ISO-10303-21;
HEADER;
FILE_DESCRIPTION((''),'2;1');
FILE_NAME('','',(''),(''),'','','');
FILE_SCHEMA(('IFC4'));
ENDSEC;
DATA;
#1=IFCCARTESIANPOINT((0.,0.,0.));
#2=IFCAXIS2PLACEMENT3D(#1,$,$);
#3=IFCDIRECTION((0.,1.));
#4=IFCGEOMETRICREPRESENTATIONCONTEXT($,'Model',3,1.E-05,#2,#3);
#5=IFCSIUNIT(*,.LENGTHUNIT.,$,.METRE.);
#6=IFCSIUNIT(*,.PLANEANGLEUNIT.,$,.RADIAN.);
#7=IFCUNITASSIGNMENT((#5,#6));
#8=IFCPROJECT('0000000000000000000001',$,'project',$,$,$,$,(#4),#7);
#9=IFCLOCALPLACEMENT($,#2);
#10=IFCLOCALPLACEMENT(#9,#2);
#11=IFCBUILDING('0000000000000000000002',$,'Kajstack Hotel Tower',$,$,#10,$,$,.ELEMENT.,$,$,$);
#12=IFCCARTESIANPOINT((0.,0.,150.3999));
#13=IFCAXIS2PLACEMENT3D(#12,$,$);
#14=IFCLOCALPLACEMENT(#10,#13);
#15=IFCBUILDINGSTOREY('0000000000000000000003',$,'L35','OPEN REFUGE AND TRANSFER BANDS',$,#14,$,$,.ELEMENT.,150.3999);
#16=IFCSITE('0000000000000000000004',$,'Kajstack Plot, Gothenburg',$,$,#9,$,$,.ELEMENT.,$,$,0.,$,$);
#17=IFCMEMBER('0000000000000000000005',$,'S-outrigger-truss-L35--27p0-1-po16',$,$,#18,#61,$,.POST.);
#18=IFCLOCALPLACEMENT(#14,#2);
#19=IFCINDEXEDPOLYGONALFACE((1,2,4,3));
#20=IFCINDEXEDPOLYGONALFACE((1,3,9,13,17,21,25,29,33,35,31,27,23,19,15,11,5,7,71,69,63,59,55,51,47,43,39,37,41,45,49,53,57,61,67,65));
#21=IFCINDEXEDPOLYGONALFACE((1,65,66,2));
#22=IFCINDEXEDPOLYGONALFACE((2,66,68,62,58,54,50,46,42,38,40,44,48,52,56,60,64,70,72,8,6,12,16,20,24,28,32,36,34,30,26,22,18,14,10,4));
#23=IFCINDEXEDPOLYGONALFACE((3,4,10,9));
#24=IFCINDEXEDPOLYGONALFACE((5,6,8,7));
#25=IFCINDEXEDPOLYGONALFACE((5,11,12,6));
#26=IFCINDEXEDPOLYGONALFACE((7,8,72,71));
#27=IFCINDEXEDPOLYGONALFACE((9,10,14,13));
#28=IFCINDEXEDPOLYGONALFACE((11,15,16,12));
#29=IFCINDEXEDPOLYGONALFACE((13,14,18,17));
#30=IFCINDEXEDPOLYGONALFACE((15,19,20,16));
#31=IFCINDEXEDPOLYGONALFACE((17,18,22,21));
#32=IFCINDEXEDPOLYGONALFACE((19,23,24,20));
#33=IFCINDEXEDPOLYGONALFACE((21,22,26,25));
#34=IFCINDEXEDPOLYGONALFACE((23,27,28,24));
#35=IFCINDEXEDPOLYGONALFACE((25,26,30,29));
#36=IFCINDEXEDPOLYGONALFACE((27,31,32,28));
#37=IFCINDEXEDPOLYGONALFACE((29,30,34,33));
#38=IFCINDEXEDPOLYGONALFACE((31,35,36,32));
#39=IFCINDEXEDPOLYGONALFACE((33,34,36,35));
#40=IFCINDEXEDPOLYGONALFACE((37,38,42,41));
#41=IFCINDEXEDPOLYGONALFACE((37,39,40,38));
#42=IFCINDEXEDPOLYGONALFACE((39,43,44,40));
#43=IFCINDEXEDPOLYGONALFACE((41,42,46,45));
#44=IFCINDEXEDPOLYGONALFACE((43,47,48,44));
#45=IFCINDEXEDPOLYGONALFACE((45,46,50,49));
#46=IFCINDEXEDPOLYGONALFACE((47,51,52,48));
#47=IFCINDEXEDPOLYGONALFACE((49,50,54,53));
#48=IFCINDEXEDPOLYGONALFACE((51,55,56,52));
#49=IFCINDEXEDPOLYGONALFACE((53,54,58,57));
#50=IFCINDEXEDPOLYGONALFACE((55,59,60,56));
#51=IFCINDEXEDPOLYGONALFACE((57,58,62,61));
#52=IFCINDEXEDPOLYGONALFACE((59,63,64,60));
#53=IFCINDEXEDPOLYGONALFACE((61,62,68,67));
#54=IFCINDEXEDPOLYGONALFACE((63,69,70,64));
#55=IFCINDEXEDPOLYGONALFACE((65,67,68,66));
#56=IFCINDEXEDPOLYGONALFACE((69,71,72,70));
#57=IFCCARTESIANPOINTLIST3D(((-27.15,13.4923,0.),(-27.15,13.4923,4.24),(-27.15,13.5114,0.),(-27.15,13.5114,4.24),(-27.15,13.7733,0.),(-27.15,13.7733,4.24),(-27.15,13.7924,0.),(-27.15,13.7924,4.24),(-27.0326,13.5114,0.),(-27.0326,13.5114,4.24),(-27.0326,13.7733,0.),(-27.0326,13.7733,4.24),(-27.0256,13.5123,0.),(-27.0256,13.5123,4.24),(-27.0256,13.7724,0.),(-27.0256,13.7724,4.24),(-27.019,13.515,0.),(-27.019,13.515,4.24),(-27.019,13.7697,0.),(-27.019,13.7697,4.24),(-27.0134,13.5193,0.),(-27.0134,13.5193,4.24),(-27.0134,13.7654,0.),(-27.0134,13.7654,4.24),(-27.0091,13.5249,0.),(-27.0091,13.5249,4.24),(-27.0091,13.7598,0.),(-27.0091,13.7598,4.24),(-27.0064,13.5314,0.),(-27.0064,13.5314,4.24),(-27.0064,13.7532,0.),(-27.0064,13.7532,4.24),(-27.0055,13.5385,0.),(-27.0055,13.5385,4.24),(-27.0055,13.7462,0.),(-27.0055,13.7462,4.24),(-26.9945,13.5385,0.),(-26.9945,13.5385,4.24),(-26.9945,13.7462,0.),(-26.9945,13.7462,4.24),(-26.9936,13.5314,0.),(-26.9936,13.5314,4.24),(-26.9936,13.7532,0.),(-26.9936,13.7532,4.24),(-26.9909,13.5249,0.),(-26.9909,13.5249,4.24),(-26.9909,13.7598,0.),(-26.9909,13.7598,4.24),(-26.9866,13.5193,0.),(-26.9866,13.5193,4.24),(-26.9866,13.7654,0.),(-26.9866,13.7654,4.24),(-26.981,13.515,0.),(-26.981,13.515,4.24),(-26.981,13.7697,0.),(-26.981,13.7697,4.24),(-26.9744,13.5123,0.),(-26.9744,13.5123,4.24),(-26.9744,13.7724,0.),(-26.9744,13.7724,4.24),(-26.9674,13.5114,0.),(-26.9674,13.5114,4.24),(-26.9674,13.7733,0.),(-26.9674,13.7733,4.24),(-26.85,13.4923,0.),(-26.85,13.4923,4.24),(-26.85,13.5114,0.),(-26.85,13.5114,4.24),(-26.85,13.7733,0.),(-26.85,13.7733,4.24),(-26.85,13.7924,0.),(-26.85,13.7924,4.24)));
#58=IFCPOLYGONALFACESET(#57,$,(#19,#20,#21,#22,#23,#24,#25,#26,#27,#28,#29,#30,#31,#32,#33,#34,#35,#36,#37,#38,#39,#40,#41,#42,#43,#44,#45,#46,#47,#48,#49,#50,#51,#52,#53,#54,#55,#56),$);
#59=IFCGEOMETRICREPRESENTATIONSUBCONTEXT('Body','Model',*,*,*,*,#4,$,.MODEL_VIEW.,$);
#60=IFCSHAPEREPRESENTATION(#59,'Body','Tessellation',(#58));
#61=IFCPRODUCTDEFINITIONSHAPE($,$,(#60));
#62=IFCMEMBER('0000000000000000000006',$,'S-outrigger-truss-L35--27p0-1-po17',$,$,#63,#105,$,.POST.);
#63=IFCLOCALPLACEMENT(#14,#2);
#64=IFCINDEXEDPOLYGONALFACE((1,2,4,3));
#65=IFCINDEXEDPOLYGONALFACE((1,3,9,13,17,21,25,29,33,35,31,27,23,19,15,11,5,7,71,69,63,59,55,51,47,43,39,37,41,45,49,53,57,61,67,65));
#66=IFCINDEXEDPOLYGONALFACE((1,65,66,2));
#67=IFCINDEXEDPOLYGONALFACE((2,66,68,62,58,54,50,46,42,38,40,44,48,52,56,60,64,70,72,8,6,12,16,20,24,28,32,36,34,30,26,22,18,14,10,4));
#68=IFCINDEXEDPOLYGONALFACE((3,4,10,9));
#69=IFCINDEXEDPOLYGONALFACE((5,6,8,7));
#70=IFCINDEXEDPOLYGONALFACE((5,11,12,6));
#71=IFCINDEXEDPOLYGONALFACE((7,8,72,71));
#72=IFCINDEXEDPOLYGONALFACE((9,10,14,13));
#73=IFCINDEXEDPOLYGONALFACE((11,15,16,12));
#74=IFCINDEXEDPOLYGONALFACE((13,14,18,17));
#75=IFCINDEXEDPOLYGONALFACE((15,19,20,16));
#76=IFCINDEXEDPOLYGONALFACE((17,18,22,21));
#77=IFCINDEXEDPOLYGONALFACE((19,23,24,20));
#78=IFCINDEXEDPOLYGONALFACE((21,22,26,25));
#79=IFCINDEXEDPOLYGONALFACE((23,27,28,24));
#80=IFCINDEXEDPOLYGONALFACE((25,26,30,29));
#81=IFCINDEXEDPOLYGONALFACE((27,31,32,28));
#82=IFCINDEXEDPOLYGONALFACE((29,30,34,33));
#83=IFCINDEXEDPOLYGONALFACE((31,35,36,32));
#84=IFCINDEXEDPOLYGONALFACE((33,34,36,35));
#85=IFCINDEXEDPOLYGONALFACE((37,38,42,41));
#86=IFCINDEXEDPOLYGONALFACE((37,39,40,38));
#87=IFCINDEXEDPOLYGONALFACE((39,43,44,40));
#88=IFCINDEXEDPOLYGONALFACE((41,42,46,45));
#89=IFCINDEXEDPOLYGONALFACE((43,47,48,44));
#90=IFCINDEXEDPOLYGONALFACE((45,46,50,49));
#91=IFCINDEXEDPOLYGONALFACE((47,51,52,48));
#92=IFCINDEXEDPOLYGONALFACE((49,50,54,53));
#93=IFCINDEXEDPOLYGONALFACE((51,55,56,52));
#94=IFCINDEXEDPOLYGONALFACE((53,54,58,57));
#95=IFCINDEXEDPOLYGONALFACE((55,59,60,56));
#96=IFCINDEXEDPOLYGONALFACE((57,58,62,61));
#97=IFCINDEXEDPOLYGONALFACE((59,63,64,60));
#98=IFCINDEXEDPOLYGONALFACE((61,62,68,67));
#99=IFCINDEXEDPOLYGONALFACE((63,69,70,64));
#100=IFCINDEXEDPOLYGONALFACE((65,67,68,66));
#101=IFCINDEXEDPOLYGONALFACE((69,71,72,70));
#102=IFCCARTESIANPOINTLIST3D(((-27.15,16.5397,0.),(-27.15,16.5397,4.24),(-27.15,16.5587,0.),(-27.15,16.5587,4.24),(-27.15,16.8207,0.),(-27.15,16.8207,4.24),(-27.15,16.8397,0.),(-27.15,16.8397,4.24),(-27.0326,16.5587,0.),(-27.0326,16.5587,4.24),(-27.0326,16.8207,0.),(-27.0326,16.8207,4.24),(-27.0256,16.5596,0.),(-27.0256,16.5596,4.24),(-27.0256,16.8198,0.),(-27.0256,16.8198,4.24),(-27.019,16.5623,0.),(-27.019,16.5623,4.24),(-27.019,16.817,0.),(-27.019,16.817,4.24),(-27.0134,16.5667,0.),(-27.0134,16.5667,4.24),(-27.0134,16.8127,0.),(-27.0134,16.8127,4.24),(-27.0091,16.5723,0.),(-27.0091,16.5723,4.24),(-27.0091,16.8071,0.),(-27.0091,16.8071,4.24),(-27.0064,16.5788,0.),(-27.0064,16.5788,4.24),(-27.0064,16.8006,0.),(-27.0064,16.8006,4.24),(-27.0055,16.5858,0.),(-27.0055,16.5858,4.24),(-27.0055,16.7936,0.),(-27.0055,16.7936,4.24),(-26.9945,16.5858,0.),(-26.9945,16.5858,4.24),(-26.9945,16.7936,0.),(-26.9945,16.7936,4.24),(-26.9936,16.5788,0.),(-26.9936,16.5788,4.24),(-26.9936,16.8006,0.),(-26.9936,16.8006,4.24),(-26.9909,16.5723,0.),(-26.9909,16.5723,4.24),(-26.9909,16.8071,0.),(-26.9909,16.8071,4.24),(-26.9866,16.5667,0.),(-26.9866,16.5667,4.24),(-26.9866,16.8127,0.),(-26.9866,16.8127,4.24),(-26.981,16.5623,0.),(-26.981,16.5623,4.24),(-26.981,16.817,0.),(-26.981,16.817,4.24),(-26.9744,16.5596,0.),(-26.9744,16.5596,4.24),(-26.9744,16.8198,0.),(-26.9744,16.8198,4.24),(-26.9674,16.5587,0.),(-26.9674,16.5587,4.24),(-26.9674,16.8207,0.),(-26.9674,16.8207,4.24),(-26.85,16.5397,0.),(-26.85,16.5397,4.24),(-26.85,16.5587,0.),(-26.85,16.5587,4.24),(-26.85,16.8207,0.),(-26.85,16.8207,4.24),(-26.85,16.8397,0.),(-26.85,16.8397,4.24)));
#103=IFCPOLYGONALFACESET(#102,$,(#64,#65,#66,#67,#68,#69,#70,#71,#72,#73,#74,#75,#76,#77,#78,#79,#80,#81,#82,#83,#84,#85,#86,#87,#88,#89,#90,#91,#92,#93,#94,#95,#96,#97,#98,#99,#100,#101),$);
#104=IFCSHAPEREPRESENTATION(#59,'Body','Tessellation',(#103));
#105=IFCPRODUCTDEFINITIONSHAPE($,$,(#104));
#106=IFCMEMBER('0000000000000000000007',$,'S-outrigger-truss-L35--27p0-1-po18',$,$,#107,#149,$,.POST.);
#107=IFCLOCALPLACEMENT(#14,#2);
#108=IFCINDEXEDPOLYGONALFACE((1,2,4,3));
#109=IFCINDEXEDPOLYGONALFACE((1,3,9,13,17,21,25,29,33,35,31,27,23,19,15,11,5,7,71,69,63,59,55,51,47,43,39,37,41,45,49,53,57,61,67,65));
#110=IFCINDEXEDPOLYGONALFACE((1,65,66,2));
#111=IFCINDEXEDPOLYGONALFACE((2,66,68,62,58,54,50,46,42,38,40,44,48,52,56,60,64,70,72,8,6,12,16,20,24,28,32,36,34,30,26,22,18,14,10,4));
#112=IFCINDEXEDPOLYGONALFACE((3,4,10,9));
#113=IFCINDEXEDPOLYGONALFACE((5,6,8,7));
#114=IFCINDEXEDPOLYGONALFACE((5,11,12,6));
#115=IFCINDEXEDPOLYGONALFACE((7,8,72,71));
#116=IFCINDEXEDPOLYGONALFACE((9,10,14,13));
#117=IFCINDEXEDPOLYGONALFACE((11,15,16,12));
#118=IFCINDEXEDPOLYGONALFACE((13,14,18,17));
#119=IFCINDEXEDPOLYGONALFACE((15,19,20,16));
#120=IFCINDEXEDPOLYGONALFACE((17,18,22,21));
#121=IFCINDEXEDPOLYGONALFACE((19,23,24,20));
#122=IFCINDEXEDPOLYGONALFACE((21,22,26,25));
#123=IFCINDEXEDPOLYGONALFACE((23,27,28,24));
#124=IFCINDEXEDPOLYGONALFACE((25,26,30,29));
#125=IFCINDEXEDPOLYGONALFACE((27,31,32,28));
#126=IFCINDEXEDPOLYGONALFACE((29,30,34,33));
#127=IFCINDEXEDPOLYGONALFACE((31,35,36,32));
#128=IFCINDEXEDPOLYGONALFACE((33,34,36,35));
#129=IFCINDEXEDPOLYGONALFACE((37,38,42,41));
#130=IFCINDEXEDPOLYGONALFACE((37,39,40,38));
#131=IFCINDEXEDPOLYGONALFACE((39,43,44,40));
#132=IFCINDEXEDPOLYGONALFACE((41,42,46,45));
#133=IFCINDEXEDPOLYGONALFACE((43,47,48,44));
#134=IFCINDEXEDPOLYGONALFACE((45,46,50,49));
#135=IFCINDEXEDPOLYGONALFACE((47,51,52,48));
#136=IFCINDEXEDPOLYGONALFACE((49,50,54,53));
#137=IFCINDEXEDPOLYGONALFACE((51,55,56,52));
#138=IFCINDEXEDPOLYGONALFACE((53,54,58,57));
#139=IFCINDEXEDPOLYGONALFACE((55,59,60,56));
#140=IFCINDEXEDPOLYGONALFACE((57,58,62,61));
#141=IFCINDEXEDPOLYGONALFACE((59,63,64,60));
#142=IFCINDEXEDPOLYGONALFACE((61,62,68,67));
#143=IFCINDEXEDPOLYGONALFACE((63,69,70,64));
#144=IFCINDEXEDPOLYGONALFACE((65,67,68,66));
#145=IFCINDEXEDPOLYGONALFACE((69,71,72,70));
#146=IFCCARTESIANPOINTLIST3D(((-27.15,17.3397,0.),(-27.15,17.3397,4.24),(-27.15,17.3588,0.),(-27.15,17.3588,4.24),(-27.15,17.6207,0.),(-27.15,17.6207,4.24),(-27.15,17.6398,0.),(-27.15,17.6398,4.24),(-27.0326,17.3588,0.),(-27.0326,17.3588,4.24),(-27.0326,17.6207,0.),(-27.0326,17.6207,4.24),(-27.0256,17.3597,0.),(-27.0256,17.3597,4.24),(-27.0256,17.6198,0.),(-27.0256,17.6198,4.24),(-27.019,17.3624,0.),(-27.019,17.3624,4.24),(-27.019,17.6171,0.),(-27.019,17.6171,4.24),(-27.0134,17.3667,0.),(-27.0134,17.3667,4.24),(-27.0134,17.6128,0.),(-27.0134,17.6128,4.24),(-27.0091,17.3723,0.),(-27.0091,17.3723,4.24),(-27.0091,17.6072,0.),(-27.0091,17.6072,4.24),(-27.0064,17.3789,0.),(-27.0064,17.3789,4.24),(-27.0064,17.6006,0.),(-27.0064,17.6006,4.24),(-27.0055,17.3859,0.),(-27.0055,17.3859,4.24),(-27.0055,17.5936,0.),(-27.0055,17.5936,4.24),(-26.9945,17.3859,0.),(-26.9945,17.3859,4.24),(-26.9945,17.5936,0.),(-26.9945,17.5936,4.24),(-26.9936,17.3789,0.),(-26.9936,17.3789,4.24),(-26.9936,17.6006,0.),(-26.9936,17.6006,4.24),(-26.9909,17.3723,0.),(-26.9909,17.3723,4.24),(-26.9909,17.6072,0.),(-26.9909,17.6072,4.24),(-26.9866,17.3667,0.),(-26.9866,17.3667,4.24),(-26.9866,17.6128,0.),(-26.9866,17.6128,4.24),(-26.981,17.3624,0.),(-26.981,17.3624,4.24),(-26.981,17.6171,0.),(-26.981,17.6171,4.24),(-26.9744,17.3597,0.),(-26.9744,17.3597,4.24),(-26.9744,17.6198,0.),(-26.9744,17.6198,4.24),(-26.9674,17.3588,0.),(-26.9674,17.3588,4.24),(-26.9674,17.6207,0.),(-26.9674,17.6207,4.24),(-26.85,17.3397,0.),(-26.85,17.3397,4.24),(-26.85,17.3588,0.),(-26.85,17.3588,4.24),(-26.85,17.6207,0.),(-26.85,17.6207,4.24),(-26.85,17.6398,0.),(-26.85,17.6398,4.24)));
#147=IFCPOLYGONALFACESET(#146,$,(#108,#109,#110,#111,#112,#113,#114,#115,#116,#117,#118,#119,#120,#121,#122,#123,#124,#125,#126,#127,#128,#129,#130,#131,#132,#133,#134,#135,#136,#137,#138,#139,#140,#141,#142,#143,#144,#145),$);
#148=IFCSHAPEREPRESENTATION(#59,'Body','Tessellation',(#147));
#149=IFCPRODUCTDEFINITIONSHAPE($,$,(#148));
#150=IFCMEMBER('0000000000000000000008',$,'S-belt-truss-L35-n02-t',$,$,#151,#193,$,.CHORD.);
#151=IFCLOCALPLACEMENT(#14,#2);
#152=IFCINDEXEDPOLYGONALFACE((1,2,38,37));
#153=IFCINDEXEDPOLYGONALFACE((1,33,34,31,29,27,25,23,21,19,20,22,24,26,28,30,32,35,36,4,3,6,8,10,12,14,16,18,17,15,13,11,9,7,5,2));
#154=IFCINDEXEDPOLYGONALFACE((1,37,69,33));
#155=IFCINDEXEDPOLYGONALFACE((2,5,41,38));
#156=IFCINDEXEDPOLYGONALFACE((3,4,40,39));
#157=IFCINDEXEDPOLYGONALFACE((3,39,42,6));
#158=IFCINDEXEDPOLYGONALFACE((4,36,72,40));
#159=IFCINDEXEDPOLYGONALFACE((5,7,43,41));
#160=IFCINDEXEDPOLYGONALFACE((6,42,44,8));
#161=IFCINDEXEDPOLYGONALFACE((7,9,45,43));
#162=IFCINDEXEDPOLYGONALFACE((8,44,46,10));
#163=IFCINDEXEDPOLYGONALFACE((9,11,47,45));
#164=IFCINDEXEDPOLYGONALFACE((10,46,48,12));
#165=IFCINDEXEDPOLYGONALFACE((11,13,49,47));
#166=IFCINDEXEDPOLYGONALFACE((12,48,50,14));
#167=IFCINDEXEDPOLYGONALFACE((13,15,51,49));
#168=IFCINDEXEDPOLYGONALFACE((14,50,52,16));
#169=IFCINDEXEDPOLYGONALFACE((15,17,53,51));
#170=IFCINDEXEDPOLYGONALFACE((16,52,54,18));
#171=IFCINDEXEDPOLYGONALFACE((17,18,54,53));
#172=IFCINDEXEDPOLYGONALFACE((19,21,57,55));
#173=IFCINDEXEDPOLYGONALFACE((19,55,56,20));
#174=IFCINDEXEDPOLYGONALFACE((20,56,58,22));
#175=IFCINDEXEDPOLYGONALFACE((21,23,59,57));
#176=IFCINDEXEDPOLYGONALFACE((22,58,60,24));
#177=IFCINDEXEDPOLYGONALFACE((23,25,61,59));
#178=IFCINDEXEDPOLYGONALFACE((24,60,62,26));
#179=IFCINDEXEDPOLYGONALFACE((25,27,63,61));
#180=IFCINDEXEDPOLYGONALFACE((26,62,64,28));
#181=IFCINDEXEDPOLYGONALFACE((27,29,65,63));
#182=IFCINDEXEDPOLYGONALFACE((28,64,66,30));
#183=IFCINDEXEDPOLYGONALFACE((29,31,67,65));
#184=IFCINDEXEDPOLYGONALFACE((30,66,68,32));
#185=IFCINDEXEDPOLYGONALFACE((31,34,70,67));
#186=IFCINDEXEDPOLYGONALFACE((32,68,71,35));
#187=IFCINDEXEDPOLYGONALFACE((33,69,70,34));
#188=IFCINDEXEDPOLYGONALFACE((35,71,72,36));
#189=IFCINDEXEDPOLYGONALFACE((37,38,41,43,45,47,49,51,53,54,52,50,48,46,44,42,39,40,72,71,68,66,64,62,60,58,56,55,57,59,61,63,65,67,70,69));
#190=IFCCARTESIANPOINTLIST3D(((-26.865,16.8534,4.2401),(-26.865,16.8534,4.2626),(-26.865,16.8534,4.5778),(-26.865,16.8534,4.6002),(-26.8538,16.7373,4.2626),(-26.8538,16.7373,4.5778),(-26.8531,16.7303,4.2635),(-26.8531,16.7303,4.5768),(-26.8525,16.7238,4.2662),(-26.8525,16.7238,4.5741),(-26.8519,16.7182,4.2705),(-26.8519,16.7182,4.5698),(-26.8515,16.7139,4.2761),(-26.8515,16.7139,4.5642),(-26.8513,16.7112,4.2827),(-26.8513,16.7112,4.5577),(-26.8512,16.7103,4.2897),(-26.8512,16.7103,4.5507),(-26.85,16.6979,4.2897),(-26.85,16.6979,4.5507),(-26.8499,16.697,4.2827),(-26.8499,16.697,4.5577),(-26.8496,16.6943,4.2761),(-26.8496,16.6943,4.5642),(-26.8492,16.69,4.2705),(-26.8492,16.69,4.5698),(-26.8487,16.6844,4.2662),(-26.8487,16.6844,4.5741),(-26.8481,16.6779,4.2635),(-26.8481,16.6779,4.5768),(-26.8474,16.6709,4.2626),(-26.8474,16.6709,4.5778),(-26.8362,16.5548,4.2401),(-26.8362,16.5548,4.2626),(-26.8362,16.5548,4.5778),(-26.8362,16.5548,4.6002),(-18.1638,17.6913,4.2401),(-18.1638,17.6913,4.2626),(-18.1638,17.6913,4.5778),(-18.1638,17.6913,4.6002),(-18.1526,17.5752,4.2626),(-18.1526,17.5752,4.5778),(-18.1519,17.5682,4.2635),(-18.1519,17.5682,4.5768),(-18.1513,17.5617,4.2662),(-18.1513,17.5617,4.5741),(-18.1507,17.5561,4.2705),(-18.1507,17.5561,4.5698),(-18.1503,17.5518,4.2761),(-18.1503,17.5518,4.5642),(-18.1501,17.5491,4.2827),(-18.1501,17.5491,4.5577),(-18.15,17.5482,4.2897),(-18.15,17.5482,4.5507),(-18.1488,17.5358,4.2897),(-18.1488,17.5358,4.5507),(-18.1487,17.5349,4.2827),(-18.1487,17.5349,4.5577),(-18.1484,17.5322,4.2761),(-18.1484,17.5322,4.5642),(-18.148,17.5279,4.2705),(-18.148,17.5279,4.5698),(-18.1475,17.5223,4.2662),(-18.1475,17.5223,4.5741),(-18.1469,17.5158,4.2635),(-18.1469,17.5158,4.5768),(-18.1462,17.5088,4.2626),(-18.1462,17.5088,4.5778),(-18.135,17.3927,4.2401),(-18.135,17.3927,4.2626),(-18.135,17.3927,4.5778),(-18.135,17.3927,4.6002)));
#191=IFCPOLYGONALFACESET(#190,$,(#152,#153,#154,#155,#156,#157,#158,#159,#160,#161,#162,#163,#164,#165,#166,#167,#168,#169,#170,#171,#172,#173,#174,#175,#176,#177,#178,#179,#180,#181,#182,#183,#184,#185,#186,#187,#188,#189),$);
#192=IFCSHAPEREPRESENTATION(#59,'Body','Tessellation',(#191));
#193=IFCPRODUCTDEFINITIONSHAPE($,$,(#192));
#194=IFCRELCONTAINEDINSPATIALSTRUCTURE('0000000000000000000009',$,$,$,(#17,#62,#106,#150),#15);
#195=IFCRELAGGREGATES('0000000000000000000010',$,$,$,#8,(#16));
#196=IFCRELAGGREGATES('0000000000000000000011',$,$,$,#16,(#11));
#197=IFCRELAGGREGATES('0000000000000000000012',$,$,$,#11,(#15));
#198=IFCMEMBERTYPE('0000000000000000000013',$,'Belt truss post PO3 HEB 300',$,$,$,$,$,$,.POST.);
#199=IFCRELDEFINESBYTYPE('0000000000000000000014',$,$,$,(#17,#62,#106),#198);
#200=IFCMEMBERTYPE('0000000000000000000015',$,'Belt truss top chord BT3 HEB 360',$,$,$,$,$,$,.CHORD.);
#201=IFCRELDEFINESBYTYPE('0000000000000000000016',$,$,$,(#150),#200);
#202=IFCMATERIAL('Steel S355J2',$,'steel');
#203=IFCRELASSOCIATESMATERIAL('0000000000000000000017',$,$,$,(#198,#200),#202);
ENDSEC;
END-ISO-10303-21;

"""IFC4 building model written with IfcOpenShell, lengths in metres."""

from ifc_helpers import new_model, si_unit, direction, frame, origin, origin_2d, place, context, subcontext, project, spatial, i_section, extrude, material, material_profile, profile_set, type_object, element, save


model = new_model("IFC4")

# Units and contexts
model_context = context("Model", 3, precision=1e-05, world=origin(), true_north=direction((0.0, 1.0)))
body_context = subcontext(model_context, "Body", "Model", "MODEL_VIEW")
ifc_project = project(units=[si_unit("LENGTHUNIT", "METRE"), si_unit("PLANEANGLEUNIT", "RADIAN")], contexts=[model_context])

# Site, building, storey
site_placement = place(None, origin())
site = spatial("IfcSite", under=ifc_project, at=site_placement, Name="Kajstack Plot, Gothenburg", CompositionType="ELEMENT", RefElevation=0.0)
building_placement = place(site_placement, origin())
building = spatial("IfcBuilding", under=site, at=building_placement, Name="Kajstack Hotel Tower", CompositionType="ELEMENT")
storey_placement = place(building_placement, frame((0.0, 0.0, 150.3999)))
storey = spatial("IfcBuildingStorey", under=building, at=storey_placement, Name="L35", Description="OPEN REFUGE AND TRANSFER BANDS", CompositionType="ELEMENT", Elevation=150.3999)

# Members
ifc_material_1 = material(Name="Steel S355J2", Category="steel")
ifc_material_profile_1 = material_profile(ifc_material_1, i_section(OverallWidth=0.3, OverallDepth=0.3, WebThickness=0.011, FlangeThickness=0.019, FilletRadius=0.0271, at=origin_2d()), Name="HEB 300")
ifc_profile_set_1 = profile_set([ifc_material_profile_1], Name="Steel S355J2")
member_type_1 = type_object("IfcMemberType", Name="Belt truss post PO3 HEB 300", PredefinedType="POST", material=ifc_profile_set_1)
for number, where, z_axis, x_axis, name in (
    (1, (-27.0, 13.6423, 0.0), (0.0, 0.0, 1.0), (1.0, 0.0, 0.0), "S-outrigger-truss-L35--27p0-1-po16"),
    (2, (-27.0, 16.6897, 0.0), (0.0, 0.0, 1.0), (1.0, 0.0, 0.0), "S-outrigger-truss-L35--27p0-1-po17"),
    (3, (-27.0, 17.4897, 0.0), (0.0, 0.0, 1.0), (1.0, 0.0, 0.0), "S-outrigger-truss-L35--27p0-1-po18"),
):
    element("IfcMember", number, at=place(storey_placement, frame(where, z_axis=z_axis, x_axis=x_axis)), inside=storey, type_object=member_type_1, Name=name, PredefinedType="POST", context=body_context, shape_type="SweptSolid", body=[
        extrude(i_section(OverallWidth=0.3, OverallDepth=0.3, WebThickness=0.011, FlangeThickness=0.019, FilletRadius=0.0271, at=origin_2d()), origin(), (0.0, 0.0, 1.0), 4.24),
    ])
ifc_material_profile_2 = material_profile(ifc_material_1, i_section(OverallWidth=0.3, OverallDepth=0.3601, WebThickness=0.0125, FlangeThickness=0.0225, FilletRadius=0.0271, at=origin_2d()), Name="HEB 360")
ifc_profile_set_2 = profile_set([ifc_material_profile_2], Name="Steel S355J2")
member_type_2 = type_object("IfcMemberType", Name="Belt truss top chord BT3 HEB 360", PredefinedType="CHORD", material=ifc_profile_set_2)
member_1_placement = place(storey_placement, frame((-26.8506, 16.7041, 4.4202), z_axis=(0.995396, 0.095853, 0.0), x_axis=(-0.095853, 0.995396, 0.0)))
element("IfcMember", 4, at=member_1_placement, inside=storey, type_object=member_type_2, Name="S-belt-truss-L35-n02-t", PredefinedType="CHORD", context=body_context, shape_type="SweptSolid", body=[
    extrude(i_section(OverallWidth=0.3, OverallDepth=0.3601, WebThickness=0.0125, FlangeThickness=0.0225, FilletRadius=0.0271, at=origin_2d()), origin(), (0.0, 0.0, 1.0), 8.7415),
])

save(model, "model.ifc")
